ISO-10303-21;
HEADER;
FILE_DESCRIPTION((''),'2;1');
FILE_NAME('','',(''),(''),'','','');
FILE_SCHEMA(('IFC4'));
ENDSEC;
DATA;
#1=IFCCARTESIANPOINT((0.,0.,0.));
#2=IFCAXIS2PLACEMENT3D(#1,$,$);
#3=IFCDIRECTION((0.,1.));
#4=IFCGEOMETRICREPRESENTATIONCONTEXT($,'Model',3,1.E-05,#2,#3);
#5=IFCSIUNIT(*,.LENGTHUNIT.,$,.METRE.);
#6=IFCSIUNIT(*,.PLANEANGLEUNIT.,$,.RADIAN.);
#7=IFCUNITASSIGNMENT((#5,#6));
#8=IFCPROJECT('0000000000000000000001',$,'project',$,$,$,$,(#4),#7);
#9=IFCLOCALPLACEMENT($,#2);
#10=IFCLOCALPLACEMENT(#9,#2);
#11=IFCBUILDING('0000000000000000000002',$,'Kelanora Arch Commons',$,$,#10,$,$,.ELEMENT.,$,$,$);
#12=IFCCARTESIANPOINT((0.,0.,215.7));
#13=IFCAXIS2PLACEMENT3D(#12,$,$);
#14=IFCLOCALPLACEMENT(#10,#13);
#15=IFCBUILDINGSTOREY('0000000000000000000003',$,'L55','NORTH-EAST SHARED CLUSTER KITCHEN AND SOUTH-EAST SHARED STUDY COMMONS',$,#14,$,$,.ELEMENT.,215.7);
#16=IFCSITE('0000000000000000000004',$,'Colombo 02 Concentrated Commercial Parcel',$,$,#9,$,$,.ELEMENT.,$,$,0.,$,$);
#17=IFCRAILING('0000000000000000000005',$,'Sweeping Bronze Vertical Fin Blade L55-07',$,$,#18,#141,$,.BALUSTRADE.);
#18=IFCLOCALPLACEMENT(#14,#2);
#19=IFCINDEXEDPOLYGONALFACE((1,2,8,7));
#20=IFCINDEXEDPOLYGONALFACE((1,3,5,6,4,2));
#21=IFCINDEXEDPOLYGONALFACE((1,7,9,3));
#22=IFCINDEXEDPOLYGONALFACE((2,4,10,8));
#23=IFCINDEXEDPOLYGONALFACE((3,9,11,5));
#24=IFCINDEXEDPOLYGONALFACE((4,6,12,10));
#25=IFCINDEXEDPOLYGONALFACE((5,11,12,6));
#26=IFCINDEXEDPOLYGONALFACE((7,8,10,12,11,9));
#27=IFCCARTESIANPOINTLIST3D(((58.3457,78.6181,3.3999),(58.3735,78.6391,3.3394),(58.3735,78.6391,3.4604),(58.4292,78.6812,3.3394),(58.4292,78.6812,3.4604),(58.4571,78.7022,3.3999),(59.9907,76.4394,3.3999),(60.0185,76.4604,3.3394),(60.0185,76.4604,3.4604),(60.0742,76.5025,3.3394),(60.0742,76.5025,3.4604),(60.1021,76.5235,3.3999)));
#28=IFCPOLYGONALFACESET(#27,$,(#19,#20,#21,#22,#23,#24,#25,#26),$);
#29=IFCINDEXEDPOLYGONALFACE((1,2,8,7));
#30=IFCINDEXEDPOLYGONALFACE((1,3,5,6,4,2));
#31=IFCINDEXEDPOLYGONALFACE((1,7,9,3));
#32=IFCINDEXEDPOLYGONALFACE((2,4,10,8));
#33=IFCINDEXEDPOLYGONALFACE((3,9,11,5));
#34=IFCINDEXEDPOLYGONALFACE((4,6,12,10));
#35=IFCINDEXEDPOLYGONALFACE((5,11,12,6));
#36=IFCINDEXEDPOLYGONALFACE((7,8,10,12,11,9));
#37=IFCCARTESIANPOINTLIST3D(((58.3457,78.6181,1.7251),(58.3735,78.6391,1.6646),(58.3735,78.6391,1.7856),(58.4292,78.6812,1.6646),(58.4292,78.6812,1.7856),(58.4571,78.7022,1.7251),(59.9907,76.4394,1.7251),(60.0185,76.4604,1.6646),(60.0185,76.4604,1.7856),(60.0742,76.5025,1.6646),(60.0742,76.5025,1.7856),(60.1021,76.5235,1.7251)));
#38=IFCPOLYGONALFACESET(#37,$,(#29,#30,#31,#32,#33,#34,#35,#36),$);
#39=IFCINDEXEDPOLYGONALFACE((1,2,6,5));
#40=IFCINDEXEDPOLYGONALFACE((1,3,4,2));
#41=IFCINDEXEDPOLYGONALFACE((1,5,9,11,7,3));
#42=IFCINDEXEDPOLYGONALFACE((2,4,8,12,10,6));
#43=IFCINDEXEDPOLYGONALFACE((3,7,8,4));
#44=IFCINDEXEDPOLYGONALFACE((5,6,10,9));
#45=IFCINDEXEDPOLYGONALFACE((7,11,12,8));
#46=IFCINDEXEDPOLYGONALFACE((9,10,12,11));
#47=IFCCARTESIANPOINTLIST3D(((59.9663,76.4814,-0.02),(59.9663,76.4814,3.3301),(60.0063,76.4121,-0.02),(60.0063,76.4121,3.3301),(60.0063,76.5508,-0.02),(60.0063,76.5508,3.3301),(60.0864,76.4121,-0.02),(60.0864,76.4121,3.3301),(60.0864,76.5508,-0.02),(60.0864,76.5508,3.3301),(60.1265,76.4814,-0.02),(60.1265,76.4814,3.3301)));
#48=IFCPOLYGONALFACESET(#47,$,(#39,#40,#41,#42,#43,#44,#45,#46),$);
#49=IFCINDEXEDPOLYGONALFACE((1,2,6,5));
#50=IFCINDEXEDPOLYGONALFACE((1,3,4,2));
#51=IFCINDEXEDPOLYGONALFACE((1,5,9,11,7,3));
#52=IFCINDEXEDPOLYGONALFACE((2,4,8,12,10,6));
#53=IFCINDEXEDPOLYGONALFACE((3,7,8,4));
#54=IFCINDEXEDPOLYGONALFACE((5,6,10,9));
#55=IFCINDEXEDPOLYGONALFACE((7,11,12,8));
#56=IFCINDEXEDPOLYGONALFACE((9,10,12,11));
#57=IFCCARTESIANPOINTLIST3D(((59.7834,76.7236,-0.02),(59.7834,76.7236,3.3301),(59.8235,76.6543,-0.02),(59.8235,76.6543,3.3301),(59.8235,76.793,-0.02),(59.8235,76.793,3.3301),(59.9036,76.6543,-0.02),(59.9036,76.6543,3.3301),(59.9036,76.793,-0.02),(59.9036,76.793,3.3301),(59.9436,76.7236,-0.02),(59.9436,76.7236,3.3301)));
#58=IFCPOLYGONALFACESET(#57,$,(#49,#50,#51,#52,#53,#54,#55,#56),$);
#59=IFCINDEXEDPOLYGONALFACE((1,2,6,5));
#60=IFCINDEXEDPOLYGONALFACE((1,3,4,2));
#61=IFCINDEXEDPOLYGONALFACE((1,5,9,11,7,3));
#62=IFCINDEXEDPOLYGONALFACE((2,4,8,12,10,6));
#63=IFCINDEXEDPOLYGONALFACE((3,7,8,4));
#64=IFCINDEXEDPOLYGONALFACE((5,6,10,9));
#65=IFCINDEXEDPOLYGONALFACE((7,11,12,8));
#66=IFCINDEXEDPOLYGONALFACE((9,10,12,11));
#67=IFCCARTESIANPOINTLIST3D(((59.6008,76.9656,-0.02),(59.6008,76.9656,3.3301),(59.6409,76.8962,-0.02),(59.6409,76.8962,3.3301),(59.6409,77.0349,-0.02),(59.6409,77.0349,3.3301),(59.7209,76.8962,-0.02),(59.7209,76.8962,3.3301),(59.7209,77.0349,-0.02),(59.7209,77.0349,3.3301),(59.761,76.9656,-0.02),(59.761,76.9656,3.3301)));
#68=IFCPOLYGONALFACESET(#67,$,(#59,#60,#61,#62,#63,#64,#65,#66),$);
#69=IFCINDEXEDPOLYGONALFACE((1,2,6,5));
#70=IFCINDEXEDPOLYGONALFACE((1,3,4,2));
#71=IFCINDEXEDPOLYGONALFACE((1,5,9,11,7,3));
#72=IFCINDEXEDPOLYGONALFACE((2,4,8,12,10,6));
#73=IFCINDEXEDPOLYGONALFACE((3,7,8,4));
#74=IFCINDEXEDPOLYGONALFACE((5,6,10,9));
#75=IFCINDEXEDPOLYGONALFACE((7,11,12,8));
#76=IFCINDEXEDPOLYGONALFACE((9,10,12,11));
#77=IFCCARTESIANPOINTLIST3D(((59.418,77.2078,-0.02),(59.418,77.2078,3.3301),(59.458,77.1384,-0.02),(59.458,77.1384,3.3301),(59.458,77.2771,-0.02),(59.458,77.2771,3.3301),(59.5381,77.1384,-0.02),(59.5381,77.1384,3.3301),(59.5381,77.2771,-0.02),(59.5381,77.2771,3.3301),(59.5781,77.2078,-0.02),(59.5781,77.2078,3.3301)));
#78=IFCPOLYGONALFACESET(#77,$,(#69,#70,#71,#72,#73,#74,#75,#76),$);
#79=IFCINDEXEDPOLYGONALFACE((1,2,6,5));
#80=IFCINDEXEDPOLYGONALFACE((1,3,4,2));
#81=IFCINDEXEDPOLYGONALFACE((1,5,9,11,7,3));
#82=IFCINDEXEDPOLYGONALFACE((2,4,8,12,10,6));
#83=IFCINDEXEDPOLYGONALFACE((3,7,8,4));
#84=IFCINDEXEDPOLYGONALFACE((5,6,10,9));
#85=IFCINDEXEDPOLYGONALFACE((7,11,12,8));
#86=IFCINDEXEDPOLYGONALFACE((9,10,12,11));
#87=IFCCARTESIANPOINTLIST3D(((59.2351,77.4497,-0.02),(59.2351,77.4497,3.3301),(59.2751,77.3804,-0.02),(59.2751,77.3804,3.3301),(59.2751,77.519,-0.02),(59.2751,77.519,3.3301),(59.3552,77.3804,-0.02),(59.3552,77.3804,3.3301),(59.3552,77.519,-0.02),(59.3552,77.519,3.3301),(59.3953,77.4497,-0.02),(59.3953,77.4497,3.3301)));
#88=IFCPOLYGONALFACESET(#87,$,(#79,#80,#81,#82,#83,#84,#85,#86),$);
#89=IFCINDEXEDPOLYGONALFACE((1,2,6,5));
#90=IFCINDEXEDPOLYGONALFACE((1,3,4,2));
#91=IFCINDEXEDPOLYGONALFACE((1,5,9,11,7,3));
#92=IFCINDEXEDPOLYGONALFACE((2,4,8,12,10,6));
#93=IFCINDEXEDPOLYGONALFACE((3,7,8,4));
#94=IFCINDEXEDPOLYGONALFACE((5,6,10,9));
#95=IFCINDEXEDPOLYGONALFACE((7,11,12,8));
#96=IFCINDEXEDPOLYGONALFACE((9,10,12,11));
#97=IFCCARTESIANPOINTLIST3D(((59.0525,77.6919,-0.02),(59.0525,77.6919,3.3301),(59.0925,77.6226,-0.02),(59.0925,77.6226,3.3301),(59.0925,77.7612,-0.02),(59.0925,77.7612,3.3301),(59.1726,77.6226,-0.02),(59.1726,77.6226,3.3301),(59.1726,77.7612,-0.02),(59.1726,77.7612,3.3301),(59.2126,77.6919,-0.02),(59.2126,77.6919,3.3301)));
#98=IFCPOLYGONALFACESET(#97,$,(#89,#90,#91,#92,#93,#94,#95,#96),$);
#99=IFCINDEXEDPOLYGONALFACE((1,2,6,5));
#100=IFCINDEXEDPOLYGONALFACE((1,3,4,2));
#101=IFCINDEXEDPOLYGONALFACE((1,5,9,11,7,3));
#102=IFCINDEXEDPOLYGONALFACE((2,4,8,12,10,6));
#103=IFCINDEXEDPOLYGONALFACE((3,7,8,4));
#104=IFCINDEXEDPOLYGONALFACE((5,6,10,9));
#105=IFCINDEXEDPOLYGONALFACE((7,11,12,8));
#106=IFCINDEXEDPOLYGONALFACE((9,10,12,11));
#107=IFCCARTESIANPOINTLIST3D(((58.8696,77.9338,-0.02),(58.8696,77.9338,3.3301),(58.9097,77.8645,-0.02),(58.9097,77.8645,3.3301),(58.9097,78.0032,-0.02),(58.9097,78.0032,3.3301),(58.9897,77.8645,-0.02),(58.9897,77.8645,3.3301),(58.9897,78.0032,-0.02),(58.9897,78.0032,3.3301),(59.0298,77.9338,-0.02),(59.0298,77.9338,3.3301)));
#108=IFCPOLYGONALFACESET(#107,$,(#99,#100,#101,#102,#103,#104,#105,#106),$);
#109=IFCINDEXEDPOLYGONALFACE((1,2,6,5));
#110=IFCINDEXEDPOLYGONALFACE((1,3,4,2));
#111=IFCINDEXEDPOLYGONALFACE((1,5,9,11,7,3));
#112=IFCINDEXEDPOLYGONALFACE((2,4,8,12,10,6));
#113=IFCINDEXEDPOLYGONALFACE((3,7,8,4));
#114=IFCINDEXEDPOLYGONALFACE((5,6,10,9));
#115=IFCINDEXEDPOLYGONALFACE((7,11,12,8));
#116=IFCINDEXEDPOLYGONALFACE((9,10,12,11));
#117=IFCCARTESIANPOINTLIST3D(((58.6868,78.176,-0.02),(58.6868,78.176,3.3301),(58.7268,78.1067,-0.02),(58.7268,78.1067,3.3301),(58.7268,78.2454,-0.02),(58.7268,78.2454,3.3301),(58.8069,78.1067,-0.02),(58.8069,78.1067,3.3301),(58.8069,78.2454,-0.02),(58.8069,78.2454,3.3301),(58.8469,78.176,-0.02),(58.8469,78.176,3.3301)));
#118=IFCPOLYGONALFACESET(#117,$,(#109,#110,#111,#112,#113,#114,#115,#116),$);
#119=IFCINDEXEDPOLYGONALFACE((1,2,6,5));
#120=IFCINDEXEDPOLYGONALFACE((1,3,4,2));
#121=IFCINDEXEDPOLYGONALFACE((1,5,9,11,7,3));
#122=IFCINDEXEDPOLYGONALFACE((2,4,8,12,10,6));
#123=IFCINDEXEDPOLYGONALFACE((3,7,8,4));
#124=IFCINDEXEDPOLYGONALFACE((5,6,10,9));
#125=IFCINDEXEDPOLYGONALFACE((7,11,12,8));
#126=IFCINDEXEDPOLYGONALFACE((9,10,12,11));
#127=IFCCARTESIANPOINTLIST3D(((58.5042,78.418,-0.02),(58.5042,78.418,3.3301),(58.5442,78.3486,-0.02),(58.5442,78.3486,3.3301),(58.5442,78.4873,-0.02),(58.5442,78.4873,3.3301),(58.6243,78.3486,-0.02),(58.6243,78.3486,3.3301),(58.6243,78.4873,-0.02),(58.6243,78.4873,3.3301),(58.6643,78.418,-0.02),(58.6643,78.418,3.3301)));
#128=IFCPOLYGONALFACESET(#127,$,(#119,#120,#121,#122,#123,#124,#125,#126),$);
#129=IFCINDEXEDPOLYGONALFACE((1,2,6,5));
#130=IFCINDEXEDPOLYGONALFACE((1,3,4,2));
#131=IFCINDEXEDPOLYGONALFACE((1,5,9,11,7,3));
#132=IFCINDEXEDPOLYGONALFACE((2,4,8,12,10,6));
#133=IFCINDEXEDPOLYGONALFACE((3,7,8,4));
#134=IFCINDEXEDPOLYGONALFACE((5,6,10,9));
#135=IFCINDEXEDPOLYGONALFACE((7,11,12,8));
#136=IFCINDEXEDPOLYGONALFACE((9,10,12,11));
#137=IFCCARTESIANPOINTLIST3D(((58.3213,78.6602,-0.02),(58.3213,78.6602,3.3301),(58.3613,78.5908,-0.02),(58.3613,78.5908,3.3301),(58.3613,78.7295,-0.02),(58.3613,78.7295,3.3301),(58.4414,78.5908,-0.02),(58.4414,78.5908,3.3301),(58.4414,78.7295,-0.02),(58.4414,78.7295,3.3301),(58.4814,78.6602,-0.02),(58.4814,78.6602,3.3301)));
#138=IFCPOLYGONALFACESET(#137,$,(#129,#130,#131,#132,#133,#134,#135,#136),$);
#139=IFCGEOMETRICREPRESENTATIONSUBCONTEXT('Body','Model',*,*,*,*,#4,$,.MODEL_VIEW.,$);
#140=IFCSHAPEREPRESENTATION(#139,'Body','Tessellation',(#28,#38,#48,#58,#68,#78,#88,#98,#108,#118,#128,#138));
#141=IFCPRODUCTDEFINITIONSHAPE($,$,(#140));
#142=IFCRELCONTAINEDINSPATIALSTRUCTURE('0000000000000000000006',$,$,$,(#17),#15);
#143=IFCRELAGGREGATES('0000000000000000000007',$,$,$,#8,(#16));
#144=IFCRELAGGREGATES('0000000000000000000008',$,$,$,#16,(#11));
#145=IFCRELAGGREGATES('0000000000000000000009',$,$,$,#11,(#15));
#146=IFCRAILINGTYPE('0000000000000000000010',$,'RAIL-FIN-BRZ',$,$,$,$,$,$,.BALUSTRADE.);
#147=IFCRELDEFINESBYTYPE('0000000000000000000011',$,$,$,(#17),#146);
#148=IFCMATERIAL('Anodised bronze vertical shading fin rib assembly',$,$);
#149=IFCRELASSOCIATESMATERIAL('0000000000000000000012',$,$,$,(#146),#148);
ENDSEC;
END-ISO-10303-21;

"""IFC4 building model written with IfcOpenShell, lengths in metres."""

from ifc_helpers import new_model, si_unit, direction, frame, origin, place, context, subcontext, project, spatial, polyline, outline, extrude, material, type_object, element, save


model = new_model("IFC4")

# Units and contexts
model_context = context("Model", 3, precision=1e-05, world=origin(), true_north=direction((0.0, 1.0)))
body_context = subcontext(model_context, "Body", "Model", "MODEL_VIEW")
ifc_project = project(units=[si_unit("LENGTHUNIT", "METRE"), si_unit("PLANEANGLEUNIT", "RADIAN")], contexts=[model_context])

# Site, building, storey
site_placement = place(None, origin())
site = spatial("IfcSite", under=ifc_project, at=site_placement, Name="Colombo 02 Concentrated Commercial Parcel", CompositionType="ELEMENT", RefElevation=0.0)
building_placement = place(site_placement, origin())
building = spatial("IfcBuilding", under=site, at=building_placement, Name="Kelanora Arch Commons", CompositionType="ELEMENT")
storey_placement = place(building_placement, frame((0.0, 0.0, 215.7)))
storey = spatial("IfcBuildingStorey", under=building, at=storey_placement, Name="L55", Description="NORTH-EAST SHARED CLUSTER KITCHEN AND SOUTH-EAST SHARED STUDY COMMONS", CompositionType="ELEMENT", Elevation=215.7)

# Railing
ifc_material_1 = material(Name="Anodised bronze vertical shading fin rib assembly")
railing_type = type_object("IfcRailingType", Name="RAIL-FIN-BRZ", PredefinedType="BALUSTRADE", material=ifc_material_1)
railing_1_placement = place(storey_placement, frame((60.0464, 76.4814, -0.02)))
element("IfcRailing", 1, at=railing_1_placement, inside=storey, type_object=railing_type, Name="Sweeping Bronze Vertical Fin Blade L55-07", PredefinedType="BALUSTRADE", context=body_context, shape_type="SweptSolid", body=[
    extrude(outline(polyline([(0.0698, 0.0), (0.0349, 0.0605), (-0.0349, 0.0605), (-0.0698, 0.0), (-0.0349, -0.0605), (0.0349, -0.0605), (0.0698, 0.0)])), frame((0.0, 0.0, 3.4199), z_axis=(-0.602572, 0.798064, 0.0), x_axis=(-0.798064, -0.602572, 0.0)), (0.0, 0.0, 1.0), 2.73),
    extrude(outline(polyline([(0.0698, 0.0), (0.0349, 0.0605), (-0.0349, 0.0605), (-0.0698, 0.0), (-0.0349, -0.0605), (0.0349, -0.0605), (0.0698, 0.0)])), frame((0.0, 0.0, 1.7451), z_axis=(-0.602572, 0.798064, 0.0), x_axis=(-0.798064, -0.602572, 0.0)), (0.0, 0.0, 1.0), 2.73),
    extrude(outline(polyline([(0.0801, 0.0), (0.04, 0.0693), (-0.04, 0.0693), (-0.0801, 0.0), (-0.04, -0.0693), (0.04, -0.0693), (0.0801, 0.0)])), origin(), (0.0, 0.0, 1.0), 3.3501),
    extrude(outline(polyline([(0.0801, 0.0), (0.04, 0.0693), (-0.04, 0.0693), (-0.0801, 0.0), (-0.04, -0.0693), (0.04, -0.0693), (0.0801, 0.0)])), frame((-0.1829, 0.2422, 0.0)), (0.0, 0.0, 1.0), 3.3501),
    extrude(outline(polyline([(0.0801, 0.0), (0.04, 0.0693), (-0.04, 0.0693), (-0.0801, 0.0), (-0.04, -0.0693), (0.04, -0.0693), (0.0801, 0.0)])), frame((-0.3655, 0.4841, 0.0)), (0.0, 0.0, 1.0), 3.3501),
    extrude(outline(polyline([(0.0801, 0.0), (0.04, 0.0693), (-0.04, 0.0693), (-0.0801, 0.0), (-0.04, -0.0693), (0.04, -0.0693), (0.0801, 0.0)])), frame((-0.5483, 0.7263, 0.0)), (0.0, 0.0, 1.0), 3.3501),
    extrude(outline(polyline([(0.0801, 0.0), (0.04, 0.0693), (-0.04, 0.0693), (-0.0801, 0.0), (-0.04, -0.0693), (0.04, -0.0693), (0.0801, 0.0)])), frame((-0.7312, 0.9683, 0.0)), (0.0, 0.0, 1.0), 3.3501),
    extrude(outline(polyline([(0.0801, 0.0), (0.04, 0.0693), (-0.04, 0.0693), (-0.0801, 0.0), (-0.04, -0.0693), (0.04, -0.0693), (0.0801, 0.0)])), frame((-0.9138, 1.2104, 0.0)), (0.0, 0.0, 1.0), 3.3501),
    extrude(outline(polyline([(0.0801, 0.0), (0.04, 0.0693), (-0.04, 0.0693), (-0.0801, 0.0), (-0.04, -0.0693), (0.04, -0.0693), (0.0801, 0.0)])), frame((-1.0967, 1.4524, 0.0)), (0.0, 0.0, 1.0), 3.3501),
    extrude(outline(polyline([(0.0801, 0.0), (0.04, 0.0693), (-0.04, 0.0693), (-0.0801, 0.0), (-0.04, -0.0693), (0.04, -0.0693), (0.0801, 0.0)])), frame((-1.2795, 1.6946, 0.0)), (0.0, 0.0, 1.0), 3.3501),
    extrude(outline(polyline([(0.0801, 0.0), (0.04, 0.0693), (-0.04, 0.0693), (-0.0801, 0.0), (-0.04, -0.0693), (0.04, -0.0693), (0.0801, 0.0)])), frame((-1.4622, 1.9365, 0.0)), (0.0, 0.0, 1.0), 3.3501),
    extrude(outline(polyline([(0.0801, 0.0), (0.04, 0.0693), (-0.04, 0.0693), (-0.0801, 0.0), (-0.04, -0.0693), (0.04, -0.0693), (0.0801, 0.0)])), frame((-1.645, 2.1787, 0.0)), (0.0, 0.0, 1.0), 3.3501),
])

save(model, "model.ifc")
